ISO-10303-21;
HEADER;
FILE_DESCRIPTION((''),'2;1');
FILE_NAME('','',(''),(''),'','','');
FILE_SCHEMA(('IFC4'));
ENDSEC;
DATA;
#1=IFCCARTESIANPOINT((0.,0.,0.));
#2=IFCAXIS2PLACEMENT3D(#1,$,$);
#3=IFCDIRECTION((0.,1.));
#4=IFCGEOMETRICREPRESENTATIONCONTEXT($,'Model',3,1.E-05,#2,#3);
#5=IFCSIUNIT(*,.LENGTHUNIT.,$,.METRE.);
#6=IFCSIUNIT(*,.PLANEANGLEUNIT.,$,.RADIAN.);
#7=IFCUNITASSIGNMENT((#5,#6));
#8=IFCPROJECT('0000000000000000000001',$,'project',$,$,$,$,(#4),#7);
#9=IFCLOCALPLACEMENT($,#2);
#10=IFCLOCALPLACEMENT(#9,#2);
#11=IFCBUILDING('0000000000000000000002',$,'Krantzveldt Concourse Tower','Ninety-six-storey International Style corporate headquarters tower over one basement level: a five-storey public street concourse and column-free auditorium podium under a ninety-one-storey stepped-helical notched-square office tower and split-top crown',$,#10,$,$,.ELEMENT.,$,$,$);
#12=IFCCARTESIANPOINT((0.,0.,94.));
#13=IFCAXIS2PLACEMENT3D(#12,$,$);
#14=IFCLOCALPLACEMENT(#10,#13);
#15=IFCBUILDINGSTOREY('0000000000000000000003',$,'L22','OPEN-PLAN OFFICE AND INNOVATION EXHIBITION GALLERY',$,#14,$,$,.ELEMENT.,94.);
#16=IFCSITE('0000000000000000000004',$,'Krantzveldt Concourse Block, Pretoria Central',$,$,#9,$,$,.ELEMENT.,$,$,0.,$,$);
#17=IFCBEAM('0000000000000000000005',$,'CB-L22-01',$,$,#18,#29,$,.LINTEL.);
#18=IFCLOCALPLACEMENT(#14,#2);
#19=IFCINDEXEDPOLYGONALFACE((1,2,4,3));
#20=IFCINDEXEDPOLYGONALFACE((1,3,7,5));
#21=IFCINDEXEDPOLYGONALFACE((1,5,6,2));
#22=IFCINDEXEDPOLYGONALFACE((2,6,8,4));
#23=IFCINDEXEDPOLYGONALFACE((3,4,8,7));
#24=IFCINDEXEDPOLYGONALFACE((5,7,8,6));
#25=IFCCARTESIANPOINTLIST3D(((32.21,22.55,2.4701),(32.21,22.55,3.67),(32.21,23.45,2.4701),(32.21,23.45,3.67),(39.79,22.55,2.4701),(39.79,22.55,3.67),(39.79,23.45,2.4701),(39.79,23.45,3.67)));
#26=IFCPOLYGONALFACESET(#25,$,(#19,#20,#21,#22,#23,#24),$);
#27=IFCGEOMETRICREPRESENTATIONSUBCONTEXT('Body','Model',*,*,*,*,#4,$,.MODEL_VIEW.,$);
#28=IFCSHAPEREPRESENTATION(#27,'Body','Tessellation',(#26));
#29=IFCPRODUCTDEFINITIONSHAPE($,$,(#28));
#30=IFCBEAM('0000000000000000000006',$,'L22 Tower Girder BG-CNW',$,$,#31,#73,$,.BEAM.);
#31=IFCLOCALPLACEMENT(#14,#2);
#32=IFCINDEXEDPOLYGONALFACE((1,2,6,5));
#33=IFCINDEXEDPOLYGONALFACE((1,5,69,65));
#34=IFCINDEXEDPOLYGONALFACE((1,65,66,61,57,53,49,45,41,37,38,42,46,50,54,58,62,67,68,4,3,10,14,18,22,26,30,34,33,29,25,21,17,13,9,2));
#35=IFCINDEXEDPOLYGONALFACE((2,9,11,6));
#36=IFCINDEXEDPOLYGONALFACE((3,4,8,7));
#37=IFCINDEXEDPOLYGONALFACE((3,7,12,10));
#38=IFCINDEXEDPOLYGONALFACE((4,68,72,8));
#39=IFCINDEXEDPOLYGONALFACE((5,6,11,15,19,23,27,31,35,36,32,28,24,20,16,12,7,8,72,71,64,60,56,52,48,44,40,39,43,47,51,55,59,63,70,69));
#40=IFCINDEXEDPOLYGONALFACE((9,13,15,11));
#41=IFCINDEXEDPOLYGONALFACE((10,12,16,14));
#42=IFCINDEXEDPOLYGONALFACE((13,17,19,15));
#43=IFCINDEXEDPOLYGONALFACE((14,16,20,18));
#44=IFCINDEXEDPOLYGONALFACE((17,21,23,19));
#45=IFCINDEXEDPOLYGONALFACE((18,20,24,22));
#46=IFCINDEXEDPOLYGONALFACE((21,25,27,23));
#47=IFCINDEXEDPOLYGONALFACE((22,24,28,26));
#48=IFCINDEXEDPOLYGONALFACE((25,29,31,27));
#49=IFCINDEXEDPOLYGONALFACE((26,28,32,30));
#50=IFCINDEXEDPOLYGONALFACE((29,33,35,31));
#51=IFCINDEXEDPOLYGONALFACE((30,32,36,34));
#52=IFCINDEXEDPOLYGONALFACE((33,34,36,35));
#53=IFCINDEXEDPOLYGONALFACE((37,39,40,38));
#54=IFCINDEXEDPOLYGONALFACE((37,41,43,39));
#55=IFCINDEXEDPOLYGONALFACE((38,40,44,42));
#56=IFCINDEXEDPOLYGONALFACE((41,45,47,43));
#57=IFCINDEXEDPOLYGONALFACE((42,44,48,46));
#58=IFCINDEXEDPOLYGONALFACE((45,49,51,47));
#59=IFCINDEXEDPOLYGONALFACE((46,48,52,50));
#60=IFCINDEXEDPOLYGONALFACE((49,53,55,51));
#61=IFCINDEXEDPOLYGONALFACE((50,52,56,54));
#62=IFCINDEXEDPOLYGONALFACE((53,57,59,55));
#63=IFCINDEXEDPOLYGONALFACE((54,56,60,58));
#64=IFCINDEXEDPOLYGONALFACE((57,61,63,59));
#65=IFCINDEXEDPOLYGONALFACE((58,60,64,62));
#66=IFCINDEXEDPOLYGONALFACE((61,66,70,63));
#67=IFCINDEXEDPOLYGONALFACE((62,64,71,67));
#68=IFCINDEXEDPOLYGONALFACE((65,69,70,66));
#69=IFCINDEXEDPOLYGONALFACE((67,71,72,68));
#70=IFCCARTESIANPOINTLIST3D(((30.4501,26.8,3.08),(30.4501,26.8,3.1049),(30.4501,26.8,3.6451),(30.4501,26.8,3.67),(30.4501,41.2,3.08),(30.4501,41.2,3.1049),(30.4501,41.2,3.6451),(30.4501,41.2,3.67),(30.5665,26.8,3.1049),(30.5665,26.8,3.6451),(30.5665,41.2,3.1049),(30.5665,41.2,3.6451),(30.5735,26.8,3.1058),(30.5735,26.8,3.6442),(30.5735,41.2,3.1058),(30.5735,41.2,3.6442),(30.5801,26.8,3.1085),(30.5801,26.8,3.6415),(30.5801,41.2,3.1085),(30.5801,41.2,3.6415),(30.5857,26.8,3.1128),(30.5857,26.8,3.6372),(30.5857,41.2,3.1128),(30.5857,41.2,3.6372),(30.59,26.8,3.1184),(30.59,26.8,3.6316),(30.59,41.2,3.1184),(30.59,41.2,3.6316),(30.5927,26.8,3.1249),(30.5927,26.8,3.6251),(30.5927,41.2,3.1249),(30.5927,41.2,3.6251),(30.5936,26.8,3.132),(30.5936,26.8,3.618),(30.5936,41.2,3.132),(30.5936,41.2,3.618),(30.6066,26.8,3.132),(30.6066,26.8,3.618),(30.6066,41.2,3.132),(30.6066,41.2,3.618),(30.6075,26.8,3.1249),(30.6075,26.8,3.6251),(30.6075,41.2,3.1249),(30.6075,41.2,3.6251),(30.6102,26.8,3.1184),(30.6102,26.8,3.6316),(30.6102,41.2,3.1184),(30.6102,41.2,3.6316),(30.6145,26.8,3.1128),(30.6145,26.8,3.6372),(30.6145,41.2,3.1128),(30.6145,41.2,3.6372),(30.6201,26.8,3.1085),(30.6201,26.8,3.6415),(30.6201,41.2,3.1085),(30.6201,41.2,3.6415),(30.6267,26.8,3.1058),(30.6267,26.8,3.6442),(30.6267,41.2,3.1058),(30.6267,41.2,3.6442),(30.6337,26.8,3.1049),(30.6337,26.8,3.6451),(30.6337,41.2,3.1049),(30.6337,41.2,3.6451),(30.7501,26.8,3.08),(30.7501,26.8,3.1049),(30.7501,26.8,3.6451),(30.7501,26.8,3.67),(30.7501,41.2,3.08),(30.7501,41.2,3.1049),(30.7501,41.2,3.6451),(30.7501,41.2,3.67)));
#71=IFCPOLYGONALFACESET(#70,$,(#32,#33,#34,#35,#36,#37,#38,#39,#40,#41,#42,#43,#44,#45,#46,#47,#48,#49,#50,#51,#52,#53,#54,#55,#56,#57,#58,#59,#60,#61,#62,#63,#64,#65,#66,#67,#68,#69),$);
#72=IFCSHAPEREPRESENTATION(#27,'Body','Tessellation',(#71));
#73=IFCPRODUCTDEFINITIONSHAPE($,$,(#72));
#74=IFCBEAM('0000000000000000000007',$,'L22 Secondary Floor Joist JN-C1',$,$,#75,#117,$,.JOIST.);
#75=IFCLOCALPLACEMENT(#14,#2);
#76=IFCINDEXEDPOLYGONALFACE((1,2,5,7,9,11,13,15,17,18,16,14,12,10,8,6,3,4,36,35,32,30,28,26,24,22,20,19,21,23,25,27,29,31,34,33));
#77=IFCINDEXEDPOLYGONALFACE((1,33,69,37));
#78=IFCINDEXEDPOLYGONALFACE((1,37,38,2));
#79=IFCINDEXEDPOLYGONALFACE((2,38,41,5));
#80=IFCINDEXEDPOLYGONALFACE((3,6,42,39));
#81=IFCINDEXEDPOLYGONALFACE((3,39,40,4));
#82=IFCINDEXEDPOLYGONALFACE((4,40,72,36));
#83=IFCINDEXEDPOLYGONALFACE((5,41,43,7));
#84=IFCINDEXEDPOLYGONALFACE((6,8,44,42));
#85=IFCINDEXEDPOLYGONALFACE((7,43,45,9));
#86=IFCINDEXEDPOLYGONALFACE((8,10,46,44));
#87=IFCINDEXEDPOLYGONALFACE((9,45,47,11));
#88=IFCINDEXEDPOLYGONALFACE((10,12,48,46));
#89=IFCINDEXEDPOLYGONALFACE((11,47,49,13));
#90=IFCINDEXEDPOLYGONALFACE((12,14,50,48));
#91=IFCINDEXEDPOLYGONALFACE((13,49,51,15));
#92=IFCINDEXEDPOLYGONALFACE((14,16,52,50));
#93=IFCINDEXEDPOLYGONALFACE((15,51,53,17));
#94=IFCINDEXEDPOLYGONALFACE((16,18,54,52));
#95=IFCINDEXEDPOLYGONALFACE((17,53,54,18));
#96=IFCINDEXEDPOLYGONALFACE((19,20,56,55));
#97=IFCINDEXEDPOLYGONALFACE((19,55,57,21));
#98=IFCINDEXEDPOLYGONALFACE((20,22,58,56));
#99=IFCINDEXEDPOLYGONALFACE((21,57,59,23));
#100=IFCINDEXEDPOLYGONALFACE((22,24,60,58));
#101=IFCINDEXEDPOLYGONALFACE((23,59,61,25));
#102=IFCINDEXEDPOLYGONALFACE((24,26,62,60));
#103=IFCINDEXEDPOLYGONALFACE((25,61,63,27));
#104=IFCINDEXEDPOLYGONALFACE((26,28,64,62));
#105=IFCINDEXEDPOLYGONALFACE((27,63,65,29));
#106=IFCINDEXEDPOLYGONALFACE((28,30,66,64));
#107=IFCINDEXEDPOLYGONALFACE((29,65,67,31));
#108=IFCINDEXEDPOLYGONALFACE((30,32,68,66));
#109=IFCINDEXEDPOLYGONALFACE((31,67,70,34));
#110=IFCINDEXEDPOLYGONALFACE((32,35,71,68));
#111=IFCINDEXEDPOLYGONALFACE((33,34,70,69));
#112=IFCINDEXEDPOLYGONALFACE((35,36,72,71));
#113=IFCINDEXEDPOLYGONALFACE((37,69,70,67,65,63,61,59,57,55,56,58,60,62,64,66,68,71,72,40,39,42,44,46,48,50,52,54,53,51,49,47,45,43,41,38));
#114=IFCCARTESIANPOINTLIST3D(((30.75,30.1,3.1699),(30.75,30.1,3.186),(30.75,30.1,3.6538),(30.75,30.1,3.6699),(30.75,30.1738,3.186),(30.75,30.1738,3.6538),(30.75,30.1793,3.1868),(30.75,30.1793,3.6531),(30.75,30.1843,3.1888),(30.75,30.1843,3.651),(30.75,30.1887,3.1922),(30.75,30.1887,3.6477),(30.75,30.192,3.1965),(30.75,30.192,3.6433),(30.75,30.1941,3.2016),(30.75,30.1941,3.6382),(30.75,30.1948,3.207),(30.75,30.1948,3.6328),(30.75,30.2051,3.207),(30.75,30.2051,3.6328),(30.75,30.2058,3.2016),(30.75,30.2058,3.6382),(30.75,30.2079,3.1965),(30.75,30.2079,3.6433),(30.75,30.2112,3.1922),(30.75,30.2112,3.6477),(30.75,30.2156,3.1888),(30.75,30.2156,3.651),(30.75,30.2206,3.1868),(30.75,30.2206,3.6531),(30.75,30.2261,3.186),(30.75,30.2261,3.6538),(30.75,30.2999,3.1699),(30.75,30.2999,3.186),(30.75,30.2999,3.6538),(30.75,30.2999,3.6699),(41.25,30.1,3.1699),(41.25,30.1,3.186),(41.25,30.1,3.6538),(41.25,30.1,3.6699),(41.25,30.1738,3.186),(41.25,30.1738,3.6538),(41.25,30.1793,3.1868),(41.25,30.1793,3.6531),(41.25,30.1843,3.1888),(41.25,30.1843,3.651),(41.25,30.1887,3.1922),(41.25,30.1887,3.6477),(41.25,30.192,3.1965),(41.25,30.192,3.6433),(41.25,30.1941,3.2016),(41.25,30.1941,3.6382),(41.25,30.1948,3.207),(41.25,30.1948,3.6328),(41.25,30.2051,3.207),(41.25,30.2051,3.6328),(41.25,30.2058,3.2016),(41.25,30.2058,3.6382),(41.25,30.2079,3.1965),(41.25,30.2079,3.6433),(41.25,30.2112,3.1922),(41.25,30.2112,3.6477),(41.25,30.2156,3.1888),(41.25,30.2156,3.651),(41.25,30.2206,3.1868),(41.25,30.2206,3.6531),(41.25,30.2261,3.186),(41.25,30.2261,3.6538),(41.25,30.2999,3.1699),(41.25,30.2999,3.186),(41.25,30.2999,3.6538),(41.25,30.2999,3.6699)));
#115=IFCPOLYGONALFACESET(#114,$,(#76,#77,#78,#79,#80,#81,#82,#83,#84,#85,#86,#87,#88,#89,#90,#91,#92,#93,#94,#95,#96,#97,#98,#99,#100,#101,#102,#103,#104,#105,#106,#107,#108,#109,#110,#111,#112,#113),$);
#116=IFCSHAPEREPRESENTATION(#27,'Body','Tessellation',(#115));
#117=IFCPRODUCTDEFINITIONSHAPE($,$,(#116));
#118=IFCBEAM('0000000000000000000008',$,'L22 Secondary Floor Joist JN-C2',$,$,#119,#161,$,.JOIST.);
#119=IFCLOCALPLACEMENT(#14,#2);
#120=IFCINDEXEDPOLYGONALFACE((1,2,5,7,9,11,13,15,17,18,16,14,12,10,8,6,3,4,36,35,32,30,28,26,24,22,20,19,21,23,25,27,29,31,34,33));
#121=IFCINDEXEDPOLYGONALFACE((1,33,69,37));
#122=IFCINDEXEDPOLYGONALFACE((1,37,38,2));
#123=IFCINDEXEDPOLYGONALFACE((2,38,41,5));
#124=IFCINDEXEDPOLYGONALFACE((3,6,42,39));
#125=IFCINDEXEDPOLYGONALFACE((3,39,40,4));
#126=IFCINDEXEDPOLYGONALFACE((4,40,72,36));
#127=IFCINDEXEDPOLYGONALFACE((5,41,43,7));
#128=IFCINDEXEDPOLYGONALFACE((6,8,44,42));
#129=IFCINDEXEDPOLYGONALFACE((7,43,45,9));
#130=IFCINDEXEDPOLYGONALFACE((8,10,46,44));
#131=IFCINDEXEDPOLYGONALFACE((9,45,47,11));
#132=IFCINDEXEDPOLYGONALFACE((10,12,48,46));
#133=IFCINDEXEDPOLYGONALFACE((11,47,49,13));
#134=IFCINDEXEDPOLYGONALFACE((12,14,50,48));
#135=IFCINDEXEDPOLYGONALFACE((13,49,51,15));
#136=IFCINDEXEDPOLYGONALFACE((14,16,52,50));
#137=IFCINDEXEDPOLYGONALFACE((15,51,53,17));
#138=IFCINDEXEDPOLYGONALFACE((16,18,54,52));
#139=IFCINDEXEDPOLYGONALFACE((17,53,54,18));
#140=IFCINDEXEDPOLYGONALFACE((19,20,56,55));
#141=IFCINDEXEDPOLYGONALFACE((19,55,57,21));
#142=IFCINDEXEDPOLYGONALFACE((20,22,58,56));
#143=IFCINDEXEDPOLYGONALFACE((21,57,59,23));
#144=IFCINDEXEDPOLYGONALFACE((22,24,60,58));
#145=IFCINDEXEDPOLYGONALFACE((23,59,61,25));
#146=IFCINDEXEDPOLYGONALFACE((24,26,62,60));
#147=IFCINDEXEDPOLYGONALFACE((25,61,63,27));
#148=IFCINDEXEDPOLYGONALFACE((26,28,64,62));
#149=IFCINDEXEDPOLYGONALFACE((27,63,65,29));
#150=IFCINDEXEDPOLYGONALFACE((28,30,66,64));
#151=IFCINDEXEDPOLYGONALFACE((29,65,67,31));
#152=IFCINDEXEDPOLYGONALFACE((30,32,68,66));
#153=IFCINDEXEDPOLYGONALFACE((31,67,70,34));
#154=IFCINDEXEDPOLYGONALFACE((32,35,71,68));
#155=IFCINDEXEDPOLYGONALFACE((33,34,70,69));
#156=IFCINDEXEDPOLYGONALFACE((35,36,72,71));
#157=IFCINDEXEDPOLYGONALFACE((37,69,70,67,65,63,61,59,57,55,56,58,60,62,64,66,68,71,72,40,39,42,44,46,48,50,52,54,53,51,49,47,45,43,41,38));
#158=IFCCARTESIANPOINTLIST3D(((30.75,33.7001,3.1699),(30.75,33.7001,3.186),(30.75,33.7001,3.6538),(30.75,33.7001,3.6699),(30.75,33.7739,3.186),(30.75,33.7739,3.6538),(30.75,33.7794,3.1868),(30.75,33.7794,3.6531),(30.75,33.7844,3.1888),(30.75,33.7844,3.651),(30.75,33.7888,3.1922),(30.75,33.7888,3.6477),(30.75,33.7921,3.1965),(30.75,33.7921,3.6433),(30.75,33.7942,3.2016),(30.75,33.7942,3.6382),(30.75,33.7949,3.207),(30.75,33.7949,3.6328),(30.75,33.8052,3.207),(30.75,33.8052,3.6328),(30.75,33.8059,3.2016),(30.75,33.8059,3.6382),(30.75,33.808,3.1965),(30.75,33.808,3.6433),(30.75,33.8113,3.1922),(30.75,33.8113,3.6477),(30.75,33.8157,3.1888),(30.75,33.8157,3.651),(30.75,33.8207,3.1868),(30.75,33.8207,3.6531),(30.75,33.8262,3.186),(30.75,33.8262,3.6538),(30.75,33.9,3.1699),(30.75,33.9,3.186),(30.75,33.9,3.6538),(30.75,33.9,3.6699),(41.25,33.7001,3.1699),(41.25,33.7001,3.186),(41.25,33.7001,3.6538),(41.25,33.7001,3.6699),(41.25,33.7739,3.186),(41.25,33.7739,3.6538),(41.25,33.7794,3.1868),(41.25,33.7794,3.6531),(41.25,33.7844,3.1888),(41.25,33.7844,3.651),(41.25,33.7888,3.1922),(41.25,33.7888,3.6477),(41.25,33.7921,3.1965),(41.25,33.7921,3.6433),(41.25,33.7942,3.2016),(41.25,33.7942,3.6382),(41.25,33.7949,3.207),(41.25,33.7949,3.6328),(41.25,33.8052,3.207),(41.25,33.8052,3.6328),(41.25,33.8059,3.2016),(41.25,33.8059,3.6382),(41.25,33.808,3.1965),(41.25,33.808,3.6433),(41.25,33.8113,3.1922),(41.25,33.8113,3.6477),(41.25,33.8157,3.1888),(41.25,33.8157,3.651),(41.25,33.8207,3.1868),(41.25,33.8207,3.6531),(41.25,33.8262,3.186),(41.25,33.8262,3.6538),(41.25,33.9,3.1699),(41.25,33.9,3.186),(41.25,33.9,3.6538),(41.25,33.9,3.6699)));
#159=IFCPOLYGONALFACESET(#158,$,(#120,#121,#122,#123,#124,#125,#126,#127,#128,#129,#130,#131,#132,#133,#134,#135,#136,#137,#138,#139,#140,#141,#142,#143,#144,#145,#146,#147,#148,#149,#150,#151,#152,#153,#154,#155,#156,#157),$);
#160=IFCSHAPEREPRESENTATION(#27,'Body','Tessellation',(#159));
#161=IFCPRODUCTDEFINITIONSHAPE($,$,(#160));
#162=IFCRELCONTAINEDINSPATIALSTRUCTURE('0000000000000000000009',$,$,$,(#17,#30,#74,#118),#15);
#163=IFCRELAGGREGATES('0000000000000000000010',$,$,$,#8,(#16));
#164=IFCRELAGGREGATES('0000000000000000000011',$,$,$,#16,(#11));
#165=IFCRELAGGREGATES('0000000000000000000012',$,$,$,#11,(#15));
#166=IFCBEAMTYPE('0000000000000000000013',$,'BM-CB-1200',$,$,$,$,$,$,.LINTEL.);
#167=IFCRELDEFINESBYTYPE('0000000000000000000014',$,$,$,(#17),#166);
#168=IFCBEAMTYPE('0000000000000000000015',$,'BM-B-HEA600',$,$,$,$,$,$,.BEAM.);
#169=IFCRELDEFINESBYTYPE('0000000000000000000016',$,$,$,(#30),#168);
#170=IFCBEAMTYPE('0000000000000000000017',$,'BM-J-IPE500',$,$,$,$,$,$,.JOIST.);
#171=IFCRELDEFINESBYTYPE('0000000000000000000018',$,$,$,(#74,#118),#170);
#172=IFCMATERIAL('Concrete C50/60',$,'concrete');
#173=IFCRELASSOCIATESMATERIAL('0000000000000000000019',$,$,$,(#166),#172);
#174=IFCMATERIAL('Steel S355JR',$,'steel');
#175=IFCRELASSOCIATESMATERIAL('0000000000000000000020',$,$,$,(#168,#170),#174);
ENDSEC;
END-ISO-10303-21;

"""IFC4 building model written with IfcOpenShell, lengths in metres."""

from ifc_helpers import new_model, si_unit, direction, frame, origin, origin_2d, place, context, subcontext, project, spatial, rectangle, i_section, extrude, source, transform, mapped, material, material_profile, profile_set, type_object, type_shapes, element, save


model = new_model("IFC4")

# Units and contexts
model_context = context("Model", 3, precision=1e-05, world=origin(), true_north=direction((0.0, 1.0)))
body_context = subcontext(model_context, "Body", "Model", "MODEL_VIEW")
ifc_project = project(units=[si_unit("LENGTHUNIT", "METRE"), si_unit("PLANEANGLEUNIT", "RADIAN")], contexts=[model_context])

# Site, building, storey
site_placement = place(None, origin())
site = spatial("IfcSite", under=ifc_project, at=site_placement, Name="Krantzveldt Concourse Block, Pretoria Central", CompositionType="ELEMENT", RefElevation=0.0)
building_placement = place(site_placement, origin())
building = spatial("IfcBuilding", under=site, at=building_placement, Name="Krantzveldt Concourse Tower", Description="Ninety-six-storey International Style corporate headquarters tower over one basement level: a five-storey public street concourse and column-free auditorium podium under a ninety-one-storey stepped-helical notched-square office tower and split-top crown", CompositionType="ELEMENT")
storey_placement = place(building_placement, frame((0.0, 0.0, 94.0)))
storey = spatial("IfcBuildingStorey", under=building, at=storey_placement, Name="L22", Description="OPEN-PLAN OFFICE AND INNOVATION EXHIBITION GALLERY", CompositionType="ELEMENT", Elevation=94.0)

# Beams
ifc_material_1 = material(Name="Concrete C50/60", Category="concrete")
ifc_material_profile_1 = material_profile(ifc_material_1, rectangle(XDim=0.8999, YDim=1.2, at=origin_2d()), Name="Concrete C50/60", Category="concrete")
ifc_profile_set_1 = profile_set([ifc_material_profile_1], Name="Concrete C50/60 - RC-CB 900x1200")
beam_type_1 = type_object("IfcBeamType", Name="BM-CB-1200", PredefinedType="LINTEL", material=ifc_profile_set_1)
shared_shape_1 = source(origin(), body_context, "Body", "SweptSolid", [
    extrude(rectangle(XDim=0.8999, YDim=1.2, at=origin_2d()), origin(), (0.0, 0.0, 1.0), 7.5801),
])
type_shapes(beam_type_1, [shared_shape_1])
beam_1_placement = place(storey_placement, frame((32.21, 23.0, 3.0701), z_axis=(1.0, 0.0, 0.0), x_axis=(0.0, 1.0, 0.0)))
element("IfcBeam", 1, at=beam_1_placement, inside=storey, type_object=beam_type_1, Name="CB-L22-01", PredefinedType="LINTEL", context=body_context, shape_type="MappedRepresentation", body=[
    mapped(shared_shape_1, transform((0.0, 0.0, 0.0), x_axis=(1.0, 0.0, 0.0), y_axis=(0.0, 1.0, 0.0), z_axis=(0.0, 0.0, 1.0), scale=1.0)),
])
ifc_material_2 = material(Name="Steel S355JR", Category="steel")
ifc_material_profile_2 = material_profile(ifc_material_2, i_section(OverallWidth=0.3, OverallDepth=0.5901, WebThickness=0.0129, FlangeThickness=0.0249, FilletRadius=0.0271, at=origin_2d()), Name="Steel S355JR", Category="steel")
ifc_profile_set_2 = profile_set([ifc_material_profile_2], Name="Steel S355JR - HEA 600")
beam_type_2 = type_object("IfcBeamType", Name="BM-B-HEA600", PredefinedType="BEAM", material=ifc_profile_set_2)
shared_shape_2 = source(origin(), body_context, "Body", "SweptSolid", [
    extrude(i_section(OverallWidth=0.3, OverallDepth=0.5901, WebThickness=0.0129, FlangeThickness=0.0249, FilletRadius=0.0271, at=origin_2d()), origin(), (0.0, 0.0, 1.0), 14.3999),
])
type_shapes(beam_type_2, [shared_shape_2])
beam_2_placement = place(storey_placement, frame((30.6001, 26.8, 3.375), z_axis=(0.0, 1.0, 0.0), x_axis=(-1.0, 0.0, 0.0)))
element("IfcBeam", 2, at=beam_2_placement, inside=storey, type_object=beam_type_2, Name="L22 Tower Girder BG-CNW", PredefinedType="BEAM", context=body_context, shape_type="MappedRepresentation", body=[
    mapped(shared_shape_2, transform((0.0, 0.0, 0.0), x_axis=(1.0, 0.0, 0.0), y_axis=(0.0, 1.0, 0.0), z_axis=(0.0, 0.0, 1.0), scale=1.0)),
])
ifc_material_profile_3 = material_profile(ifc_material_2, i_section(OverallWidth=0.2, OverallDepth=0.5, WebThickness=0.0103, FlangeThickness=0.0161, FilletRadius=0.021, at=origin_2d()), Name="Steel S355JR", Category="steel")
ifc_profile_set_3 = profile_set([ifc_material_profile_3], Name="Steel S355JR - IPE 500")
beam_type_3 = type_object("IfcBeamType", Name="BM-J-IPE500", PredefinedType="JOIST", material=ifc_profile_set_3)
shared_shape_3 = source(origin(), body_context, "Body", "SweptSolid", [
    extrude(i_section(OverallWidth=0.2, OverallDepth=0.5, WebThickness=0.0103, FlangeThickness=0.0161, FilletRadius=0.021, at=origin_2d()), origin(), (0.0, 0.0, 1.0), 10.5),
])
for number, where, z_axis, x_axis, name in (
    (3, (30.75, 30.2, 3.4199), (1.0, 0.0, 0.0), (0.0, 1.0, 0.0), "L22 Secondary Floor Joist JN-C1"),
    (4, (30.75, 33.8, 3.4199), (1.0, 0.0, 0.0), (0.0, 1.0, 0.0), "L22 Secondary Floor Joist JN-C2"),
):
    element("IfcBeam", number, at=place(storey_placement, frame(where, z_axis=z_axis, x_axis=x_axis)), inside=storey, type_object=beam_type_3, Name=name, PredefinedType="JOIST", context=body_context, shape_type="MappedRepresentation", body=[
        mapped(shared_shape_3, transform((0.0, 0.0, 0.0), x_axis=(1.0, 0.0, 0.0), y_axis=(0.0, 1.0, 0.0), z_axis=(0.0, 0.0, 1.0), scale=1.0)),
    ])

save(model, "model.ifc")
